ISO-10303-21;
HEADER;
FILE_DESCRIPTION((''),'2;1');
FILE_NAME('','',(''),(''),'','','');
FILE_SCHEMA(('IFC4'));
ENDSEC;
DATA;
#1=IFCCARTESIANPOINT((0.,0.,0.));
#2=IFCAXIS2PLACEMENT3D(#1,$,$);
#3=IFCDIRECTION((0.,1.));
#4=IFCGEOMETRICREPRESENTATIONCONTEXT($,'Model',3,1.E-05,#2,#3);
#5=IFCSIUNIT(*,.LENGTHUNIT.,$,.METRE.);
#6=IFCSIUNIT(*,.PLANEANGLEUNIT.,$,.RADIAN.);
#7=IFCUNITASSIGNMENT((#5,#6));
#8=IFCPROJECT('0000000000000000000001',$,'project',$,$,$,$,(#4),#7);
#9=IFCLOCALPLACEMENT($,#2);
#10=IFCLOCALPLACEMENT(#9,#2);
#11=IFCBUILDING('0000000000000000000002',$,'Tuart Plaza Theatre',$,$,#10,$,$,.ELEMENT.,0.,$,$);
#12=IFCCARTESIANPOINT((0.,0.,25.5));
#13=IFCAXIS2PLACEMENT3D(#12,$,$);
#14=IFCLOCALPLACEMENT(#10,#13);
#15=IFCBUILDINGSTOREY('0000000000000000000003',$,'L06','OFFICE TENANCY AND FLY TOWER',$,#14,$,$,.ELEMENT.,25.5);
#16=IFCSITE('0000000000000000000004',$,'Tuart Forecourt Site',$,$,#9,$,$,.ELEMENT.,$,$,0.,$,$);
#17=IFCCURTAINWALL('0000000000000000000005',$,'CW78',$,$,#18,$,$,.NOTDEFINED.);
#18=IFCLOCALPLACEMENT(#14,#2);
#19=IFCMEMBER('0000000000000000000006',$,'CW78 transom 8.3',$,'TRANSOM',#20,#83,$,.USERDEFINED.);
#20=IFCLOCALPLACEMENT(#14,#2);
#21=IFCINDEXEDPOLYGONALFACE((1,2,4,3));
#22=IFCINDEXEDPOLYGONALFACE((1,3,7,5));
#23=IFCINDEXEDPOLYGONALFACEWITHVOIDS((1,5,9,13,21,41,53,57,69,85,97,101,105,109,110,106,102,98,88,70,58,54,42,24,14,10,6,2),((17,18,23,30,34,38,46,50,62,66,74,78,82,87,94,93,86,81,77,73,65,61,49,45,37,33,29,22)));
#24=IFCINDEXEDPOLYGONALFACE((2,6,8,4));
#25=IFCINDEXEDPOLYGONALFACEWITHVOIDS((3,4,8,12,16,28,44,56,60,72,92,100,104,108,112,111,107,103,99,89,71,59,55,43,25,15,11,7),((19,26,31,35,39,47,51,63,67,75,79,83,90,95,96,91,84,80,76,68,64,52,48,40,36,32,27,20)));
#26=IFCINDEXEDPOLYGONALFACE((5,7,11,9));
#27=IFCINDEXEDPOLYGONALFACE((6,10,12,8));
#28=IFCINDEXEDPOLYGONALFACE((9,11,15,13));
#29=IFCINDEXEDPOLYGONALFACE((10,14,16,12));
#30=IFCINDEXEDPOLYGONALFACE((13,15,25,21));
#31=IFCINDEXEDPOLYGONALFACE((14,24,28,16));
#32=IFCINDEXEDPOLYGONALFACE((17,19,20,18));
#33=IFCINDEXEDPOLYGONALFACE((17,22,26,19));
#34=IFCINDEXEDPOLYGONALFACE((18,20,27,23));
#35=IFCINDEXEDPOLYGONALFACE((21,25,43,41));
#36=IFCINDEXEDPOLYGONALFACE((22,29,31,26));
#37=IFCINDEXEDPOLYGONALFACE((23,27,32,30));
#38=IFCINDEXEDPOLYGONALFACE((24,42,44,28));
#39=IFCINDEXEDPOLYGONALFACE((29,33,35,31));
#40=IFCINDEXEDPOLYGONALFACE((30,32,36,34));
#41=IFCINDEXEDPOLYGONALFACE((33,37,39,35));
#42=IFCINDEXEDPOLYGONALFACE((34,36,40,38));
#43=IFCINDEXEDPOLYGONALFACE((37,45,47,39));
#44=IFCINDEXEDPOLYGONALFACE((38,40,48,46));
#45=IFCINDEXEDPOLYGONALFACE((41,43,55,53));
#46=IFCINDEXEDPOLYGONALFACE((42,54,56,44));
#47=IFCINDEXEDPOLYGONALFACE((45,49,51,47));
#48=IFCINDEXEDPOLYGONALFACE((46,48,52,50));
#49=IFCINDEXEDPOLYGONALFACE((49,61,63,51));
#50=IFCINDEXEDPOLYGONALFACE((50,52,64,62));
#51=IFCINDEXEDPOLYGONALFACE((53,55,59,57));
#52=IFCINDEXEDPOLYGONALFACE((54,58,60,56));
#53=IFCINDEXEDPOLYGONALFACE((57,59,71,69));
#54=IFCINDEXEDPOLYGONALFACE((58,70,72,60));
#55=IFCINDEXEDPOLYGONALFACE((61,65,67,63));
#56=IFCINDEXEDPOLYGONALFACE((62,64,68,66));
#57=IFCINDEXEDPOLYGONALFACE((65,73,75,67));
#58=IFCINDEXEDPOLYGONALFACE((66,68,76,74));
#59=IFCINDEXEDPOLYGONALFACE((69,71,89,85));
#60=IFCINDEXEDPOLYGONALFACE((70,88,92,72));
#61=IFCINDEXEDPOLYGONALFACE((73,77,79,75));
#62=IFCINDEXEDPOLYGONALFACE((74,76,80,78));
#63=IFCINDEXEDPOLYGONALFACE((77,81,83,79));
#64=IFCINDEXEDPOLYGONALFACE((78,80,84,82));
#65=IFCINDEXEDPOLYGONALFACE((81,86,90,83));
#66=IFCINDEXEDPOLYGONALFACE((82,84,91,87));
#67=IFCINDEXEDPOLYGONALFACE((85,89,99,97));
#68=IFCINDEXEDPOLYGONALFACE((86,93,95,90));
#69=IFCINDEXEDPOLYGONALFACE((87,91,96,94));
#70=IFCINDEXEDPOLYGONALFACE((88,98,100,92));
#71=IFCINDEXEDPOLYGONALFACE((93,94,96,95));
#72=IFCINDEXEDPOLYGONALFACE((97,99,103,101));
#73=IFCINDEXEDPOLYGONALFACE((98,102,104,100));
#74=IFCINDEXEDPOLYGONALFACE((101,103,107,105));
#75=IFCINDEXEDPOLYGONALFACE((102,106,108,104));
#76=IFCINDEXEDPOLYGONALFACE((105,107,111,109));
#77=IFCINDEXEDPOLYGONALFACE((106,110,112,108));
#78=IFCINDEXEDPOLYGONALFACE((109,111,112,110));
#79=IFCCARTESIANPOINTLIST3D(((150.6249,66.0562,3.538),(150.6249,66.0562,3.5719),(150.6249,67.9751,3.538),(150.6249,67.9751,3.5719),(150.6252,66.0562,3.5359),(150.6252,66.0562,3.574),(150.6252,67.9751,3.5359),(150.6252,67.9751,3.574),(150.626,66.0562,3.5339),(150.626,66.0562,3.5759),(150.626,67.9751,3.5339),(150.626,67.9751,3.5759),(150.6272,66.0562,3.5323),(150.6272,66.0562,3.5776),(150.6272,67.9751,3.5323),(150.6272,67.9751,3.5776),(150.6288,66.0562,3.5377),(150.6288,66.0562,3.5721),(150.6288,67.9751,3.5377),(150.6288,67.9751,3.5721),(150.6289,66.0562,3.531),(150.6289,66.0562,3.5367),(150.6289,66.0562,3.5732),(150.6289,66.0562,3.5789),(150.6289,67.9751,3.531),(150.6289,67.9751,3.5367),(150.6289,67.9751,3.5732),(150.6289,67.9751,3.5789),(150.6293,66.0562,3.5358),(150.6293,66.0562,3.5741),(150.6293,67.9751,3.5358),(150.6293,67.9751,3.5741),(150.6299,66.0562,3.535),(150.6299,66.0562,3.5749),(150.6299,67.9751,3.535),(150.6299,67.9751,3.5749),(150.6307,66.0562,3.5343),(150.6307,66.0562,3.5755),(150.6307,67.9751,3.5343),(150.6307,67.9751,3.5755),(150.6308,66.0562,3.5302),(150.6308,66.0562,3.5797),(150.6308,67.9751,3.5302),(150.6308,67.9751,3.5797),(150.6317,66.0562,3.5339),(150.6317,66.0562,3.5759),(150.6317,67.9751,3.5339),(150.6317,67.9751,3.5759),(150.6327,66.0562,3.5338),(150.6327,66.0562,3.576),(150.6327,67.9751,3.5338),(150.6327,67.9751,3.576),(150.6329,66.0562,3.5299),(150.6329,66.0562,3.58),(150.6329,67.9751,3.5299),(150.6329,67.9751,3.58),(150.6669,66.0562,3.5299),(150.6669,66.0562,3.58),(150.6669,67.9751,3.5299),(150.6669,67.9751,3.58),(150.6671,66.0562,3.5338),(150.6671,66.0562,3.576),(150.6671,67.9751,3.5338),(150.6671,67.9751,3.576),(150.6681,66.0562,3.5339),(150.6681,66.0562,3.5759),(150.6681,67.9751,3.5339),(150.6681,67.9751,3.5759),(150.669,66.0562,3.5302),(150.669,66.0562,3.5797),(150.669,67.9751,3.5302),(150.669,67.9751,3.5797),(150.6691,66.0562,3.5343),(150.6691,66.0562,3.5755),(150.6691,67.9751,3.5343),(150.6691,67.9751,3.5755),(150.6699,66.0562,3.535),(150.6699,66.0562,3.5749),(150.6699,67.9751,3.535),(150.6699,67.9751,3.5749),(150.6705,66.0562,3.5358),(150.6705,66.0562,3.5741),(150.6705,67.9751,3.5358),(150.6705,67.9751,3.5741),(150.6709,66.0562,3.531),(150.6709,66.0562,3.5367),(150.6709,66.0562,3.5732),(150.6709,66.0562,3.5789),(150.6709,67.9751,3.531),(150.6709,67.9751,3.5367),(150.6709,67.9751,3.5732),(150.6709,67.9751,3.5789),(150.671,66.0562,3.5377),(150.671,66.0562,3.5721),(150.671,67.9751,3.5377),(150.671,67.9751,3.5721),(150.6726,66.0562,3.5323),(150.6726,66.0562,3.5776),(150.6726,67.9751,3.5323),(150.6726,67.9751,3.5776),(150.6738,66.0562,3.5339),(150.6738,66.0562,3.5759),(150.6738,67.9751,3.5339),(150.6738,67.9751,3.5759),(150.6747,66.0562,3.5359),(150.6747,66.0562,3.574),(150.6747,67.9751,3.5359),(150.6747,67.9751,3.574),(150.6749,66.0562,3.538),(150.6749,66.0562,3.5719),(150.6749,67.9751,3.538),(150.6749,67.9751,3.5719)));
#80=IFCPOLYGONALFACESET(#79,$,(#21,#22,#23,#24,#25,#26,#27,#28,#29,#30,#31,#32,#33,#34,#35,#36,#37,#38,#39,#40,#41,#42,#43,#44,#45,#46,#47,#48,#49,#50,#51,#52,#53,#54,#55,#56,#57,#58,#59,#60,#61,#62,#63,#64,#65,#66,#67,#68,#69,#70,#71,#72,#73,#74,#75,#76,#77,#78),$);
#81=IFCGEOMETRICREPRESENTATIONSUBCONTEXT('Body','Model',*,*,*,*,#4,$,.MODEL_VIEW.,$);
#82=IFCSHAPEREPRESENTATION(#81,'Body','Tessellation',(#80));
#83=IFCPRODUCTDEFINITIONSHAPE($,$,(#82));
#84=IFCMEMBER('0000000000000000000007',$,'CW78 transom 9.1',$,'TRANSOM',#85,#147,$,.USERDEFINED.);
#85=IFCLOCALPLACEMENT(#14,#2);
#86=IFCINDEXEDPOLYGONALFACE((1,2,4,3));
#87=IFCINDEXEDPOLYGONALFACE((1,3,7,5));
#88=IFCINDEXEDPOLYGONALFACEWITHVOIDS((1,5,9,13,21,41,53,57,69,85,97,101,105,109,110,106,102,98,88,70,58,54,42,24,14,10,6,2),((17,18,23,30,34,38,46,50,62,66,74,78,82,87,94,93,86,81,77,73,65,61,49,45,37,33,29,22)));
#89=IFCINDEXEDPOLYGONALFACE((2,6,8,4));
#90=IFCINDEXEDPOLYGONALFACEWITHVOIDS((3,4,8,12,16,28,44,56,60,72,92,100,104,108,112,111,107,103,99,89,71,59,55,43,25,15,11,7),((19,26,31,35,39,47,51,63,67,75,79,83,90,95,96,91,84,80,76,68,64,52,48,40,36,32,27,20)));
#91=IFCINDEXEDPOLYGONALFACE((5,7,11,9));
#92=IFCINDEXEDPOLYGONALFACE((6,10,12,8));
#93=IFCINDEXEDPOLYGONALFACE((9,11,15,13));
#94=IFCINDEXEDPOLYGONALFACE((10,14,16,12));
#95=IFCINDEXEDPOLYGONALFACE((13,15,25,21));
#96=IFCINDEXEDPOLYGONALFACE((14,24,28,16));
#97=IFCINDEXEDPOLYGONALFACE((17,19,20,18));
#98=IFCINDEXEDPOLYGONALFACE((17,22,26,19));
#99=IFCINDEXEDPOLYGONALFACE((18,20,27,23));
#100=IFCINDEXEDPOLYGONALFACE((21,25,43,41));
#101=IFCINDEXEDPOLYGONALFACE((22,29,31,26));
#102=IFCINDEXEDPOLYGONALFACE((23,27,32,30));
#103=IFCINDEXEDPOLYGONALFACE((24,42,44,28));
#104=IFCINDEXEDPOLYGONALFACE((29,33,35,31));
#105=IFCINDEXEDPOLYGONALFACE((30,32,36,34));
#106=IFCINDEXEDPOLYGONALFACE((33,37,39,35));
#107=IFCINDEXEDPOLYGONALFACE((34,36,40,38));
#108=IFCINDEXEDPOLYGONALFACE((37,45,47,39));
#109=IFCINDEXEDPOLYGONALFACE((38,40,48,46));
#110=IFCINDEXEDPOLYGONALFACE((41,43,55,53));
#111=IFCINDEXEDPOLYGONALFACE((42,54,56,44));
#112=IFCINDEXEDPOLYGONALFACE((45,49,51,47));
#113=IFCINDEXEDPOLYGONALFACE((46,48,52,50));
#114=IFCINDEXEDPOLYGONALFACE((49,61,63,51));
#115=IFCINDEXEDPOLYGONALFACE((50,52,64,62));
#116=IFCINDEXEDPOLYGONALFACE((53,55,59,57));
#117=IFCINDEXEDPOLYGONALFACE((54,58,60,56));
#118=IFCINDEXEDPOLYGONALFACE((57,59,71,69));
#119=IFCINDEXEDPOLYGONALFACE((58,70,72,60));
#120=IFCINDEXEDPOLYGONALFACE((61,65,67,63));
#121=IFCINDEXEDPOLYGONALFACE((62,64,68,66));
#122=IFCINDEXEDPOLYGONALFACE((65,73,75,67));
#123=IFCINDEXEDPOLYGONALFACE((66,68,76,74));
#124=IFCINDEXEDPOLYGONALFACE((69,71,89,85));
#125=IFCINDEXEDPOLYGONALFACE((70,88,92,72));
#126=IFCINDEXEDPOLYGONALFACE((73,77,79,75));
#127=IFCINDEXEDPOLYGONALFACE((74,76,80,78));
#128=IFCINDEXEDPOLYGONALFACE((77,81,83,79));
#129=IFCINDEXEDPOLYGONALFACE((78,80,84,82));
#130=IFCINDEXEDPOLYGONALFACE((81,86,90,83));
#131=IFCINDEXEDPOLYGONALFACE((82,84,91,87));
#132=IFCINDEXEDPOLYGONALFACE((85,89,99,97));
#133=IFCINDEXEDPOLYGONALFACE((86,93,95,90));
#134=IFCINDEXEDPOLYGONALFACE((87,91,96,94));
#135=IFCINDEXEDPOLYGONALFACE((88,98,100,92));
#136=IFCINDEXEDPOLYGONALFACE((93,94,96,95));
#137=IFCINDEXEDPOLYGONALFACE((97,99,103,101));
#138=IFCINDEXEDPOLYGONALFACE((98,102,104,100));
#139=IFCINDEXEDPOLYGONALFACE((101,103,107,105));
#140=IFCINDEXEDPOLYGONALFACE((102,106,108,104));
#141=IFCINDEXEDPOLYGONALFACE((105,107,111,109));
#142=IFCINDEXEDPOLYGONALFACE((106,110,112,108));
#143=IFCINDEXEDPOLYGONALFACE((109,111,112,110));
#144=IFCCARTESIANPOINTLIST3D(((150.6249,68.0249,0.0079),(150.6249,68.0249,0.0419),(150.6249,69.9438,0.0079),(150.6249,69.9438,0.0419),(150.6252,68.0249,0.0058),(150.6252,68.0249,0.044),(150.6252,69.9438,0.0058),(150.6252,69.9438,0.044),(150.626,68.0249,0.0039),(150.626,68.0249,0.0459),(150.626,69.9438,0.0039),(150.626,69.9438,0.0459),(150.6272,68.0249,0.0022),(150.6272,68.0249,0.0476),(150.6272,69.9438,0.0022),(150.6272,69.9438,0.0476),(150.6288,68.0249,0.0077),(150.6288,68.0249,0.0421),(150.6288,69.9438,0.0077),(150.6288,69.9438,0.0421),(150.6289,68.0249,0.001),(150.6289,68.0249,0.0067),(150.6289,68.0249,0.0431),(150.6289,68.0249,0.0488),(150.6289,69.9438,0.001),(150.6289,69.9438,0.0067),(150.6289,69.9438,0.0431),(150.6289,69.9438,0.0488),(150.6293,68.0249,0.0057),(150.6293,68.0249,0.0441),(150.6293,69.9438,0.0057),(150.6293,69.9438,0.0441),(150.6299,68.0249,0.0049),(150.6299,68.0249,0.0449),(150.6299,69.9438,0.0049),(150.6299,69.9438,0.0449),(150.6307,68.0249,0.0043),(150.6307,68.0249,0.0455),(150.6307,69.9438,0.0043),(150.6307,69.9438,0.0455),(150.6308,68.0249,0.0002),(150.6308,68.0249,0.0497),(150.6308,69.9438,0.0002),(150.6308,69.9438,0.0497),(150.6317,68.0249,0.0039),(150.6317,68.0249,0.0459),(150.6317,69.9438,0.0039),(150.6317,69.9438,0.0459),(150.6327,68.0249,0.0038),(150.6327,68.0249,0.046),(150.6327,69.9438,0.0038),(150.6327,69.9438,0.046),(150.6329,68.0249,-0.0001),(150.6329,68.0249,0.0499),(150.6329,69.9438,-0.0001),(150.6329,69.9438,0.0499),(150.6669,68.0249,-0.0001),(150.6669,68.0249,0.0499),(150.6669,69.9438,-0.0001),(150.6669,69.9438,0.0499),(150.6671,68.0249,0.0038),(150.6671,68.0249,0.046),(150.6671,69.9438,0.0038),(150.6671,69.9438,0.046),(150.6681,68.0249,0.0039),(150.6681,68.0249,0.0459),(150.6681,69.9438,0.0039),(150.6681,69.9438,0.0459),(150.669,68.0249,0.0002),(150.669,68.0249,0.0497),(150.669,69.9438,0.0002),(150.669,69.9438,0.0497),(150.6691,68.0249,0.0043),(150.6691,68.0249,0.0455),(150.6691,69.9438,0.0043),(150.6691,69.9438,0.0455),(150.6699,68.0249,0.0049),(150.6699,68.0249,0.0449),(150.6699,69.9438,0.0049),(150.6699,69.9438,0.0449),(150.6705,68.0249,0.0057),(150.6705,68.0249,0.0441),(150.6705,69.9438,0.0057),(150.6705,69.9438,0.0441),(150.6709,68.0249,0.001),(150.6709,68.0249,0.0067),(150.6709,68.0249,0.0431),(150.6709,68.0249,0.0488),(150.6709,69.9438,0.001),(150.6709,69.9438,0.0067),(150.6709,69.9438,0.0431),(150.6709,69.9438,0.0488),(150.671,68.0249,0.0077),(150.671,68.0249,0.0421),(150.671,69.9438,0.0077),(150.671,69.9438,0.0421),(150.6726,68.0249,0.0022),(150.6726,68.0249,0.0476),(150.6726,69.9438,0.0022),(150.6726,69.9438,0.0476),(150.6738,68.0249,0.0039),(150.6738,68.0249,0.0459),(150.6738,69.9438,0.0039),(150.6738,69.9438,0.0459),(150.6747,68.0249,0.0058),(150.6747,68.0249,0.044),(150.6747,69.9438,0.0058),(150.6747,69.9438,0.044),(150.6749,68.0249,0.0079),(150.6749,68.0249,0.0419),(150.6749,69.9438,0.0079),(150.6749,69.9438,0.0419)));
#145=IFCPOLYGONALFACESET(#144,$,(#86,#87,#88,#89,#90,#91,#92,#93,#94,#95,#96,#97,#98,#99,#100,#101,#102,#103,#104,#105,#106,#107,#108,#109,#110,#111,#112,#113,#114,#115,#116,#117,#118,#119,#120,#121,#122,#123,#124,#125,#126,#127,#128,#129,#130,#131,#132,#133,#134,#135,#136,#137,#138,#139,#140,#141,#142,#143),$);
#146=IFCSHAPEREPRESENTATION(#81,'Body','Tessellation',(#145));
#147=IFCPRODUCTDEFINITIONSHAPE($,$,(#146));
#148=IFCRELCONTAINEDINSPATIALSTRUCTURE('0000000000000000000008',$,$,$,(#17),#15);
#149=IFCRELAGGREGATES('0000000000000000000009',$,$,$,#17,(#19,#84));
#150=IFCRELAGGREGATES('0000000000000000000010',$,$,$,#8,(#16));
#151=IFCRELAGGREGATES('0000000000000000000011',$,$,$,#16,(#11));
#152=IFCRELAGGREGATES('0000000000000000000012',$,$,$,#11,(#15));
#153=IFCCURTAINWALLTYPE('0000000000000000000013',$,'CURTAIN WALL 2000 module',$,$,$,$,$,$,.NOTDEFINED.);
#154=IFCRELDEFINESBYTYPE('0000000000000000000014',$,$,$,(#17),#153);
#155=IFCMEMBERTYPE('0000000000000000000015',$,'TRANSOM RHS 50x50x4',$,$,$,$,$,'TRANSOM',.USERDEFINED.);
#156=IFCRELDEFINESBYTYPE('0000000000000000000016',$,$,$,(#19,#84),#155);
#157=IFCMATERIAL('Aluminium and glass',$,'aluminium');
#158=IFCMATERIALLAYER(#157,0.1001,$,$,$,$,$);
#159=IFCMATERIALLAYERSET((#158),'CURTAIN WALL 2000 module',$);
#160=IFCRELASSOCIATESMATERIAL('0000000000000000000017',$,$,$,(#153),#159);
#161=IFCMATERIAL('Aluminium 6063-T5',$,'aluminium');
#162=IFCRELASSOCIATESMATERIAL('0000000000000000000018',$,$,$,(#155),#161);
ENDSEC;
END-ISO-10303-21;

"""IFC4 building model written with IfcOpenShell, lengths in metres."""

from ifc_helpers import new_model, si_unit, direction, frame, origin, origin_2d, place, context, subcontext, project, spatial, hollow_rectangle, extrude, material, layer, layer_set, material_profile, profile_set, type_object, element, aggregate, save


model = new_model("IFC4")

# Units and contexts
model_context = context("Model", 3, precision=1e-05, world=origin(), true_north=direction((0.0, 1.0)))
body_context = subcontext(model_context, "Body", "Model", "MODEL_VIEW")
ifc_project = project(units=[si_unit("LENGTHUNIT", "METRE"), si_unit("PLANEANGLEUNIT", "RADIAN")], contexts=[model_context])

# Site, building, storey
site_placement = place(None, origin())
site = spatial("IfcSite", under=ifc_project, at=site_placement, Name="Tuart Forecourt Site", CompositionType="ELEMENT", RefElevation=0.0)
building_placement = place(site_placement, origin())
building = spatial("IfcBuilding", under=site, at=building_placement, Name="Tuart Plaza Theatre", CompositionType="ELEMENT", ElevationOfRefHeight=0.0)
storey_placement = place(building_placement, frame((0.0, 0.0, 25.5)))
storey = spatial("IfcBuildingStorey", under=building, at=storey_placement, Name="L06", Description="OFFICE TENANCY AND FLY TOWER", CompositionType="ELEMENT", Elevation=25.5)

# Curtain wall, members
ifc_material_1 = material(Name="Aluminium and glass", Category="aluminium")
ifc_layer_1 = layer(ifc_material_1, 0.1001)
ifc_layer_set_1 = layer_set([ifc_layer_1], Name="CURTAIN WALL 2000 module")
curtain_wall_type = type_object("IfcCurtainWallType", Name="CURTAIN WALL 2000 module", PredefinedType="NOTDEFINED", material=ifc_layer_set_1)
curtain_wall_placement = place(storey_placement, origin())
curtain_wall = element("IfcCurtainWall", 1, at=curtain_wall_placement, inside=storey, type_object=curtain_wall_type, Name="CW78", PredefinedType="NOTDEFINED")
ifc_material_2 = material(Name="Aluminium 6063-T5", Category="aluminium")
ifc_material_profile_1 = material_profile(ifc_material_2, hollow_rectangle(XDim=0.05, YDim=0.05, WallThickness=0.0039, InnerFilletRadius=0.0039, OuterFilletRadius=0.0081, at=origin_2d()), Name="RHS 50x50x4")
ifc_profile_set_1 = profile_set([ifc_material_profile_1], Name="Aluminium 6063-T5")
member_type_1 = type_object("IfcMemberType", Name="TRANSOM RHS 50x50x4", ElementType="TRANSOM", PredefinedType="USERDEFINED", material=ifc_profile_set_1)
member_1_placement = place(storey_placement, frame((150.6499, 66.0562, 3.5549), z_axis=(0.0, 1.0, 0.0), x_axis=(-1.0, 0.0, 0.0)))
member_1 = element("IfcMember", 2, at=member_1_placement, type_object=member_type_1, Name="CW78 transom 8.3", ObjectType="TRANSOM", PredefinedType="USERDEFINED", context=body_context, shape_type="SweptSolid", body=[
    extrude(hollow_rectangle(XDim=0.05, YDim=0.05, WallThickness=0.0039, InnerFilletRadius=0.0039, OuterFilletRadius=0.0081, at=origin_2d()), origin(), (0.0, 0.0, 1.0), 1.9189),
])
member_2_placement = place(storey_placement, frame((150.6499, 68.0249, 0.0249), z_axis=(0.0, 1.0, 0.0), x_axis=(-1.0, 0.0, 0.0)))
member_2 = element("IfcMember", 3, at=member_2_placement, type_object=member_type_1, Name="CW78 transom 9.1", ObjectType="TRANSOM", PredefinedType="USERDEFINED", context=body_context, shape_type="SweptSolid", body=[
    extrude(hollow_rectangle(XDim=0.05, YDim=0.05, WallThickness=0.0039, InnerFilletRadius=0.0039, OuterFilletRadius=0.0081, at=origin_2d()), origin(), (0.0, 0.0, 1.0), 1.9189),
])
aggregate(curtain_wall, [member_1, member_2])

save(model, "model.ifc")
